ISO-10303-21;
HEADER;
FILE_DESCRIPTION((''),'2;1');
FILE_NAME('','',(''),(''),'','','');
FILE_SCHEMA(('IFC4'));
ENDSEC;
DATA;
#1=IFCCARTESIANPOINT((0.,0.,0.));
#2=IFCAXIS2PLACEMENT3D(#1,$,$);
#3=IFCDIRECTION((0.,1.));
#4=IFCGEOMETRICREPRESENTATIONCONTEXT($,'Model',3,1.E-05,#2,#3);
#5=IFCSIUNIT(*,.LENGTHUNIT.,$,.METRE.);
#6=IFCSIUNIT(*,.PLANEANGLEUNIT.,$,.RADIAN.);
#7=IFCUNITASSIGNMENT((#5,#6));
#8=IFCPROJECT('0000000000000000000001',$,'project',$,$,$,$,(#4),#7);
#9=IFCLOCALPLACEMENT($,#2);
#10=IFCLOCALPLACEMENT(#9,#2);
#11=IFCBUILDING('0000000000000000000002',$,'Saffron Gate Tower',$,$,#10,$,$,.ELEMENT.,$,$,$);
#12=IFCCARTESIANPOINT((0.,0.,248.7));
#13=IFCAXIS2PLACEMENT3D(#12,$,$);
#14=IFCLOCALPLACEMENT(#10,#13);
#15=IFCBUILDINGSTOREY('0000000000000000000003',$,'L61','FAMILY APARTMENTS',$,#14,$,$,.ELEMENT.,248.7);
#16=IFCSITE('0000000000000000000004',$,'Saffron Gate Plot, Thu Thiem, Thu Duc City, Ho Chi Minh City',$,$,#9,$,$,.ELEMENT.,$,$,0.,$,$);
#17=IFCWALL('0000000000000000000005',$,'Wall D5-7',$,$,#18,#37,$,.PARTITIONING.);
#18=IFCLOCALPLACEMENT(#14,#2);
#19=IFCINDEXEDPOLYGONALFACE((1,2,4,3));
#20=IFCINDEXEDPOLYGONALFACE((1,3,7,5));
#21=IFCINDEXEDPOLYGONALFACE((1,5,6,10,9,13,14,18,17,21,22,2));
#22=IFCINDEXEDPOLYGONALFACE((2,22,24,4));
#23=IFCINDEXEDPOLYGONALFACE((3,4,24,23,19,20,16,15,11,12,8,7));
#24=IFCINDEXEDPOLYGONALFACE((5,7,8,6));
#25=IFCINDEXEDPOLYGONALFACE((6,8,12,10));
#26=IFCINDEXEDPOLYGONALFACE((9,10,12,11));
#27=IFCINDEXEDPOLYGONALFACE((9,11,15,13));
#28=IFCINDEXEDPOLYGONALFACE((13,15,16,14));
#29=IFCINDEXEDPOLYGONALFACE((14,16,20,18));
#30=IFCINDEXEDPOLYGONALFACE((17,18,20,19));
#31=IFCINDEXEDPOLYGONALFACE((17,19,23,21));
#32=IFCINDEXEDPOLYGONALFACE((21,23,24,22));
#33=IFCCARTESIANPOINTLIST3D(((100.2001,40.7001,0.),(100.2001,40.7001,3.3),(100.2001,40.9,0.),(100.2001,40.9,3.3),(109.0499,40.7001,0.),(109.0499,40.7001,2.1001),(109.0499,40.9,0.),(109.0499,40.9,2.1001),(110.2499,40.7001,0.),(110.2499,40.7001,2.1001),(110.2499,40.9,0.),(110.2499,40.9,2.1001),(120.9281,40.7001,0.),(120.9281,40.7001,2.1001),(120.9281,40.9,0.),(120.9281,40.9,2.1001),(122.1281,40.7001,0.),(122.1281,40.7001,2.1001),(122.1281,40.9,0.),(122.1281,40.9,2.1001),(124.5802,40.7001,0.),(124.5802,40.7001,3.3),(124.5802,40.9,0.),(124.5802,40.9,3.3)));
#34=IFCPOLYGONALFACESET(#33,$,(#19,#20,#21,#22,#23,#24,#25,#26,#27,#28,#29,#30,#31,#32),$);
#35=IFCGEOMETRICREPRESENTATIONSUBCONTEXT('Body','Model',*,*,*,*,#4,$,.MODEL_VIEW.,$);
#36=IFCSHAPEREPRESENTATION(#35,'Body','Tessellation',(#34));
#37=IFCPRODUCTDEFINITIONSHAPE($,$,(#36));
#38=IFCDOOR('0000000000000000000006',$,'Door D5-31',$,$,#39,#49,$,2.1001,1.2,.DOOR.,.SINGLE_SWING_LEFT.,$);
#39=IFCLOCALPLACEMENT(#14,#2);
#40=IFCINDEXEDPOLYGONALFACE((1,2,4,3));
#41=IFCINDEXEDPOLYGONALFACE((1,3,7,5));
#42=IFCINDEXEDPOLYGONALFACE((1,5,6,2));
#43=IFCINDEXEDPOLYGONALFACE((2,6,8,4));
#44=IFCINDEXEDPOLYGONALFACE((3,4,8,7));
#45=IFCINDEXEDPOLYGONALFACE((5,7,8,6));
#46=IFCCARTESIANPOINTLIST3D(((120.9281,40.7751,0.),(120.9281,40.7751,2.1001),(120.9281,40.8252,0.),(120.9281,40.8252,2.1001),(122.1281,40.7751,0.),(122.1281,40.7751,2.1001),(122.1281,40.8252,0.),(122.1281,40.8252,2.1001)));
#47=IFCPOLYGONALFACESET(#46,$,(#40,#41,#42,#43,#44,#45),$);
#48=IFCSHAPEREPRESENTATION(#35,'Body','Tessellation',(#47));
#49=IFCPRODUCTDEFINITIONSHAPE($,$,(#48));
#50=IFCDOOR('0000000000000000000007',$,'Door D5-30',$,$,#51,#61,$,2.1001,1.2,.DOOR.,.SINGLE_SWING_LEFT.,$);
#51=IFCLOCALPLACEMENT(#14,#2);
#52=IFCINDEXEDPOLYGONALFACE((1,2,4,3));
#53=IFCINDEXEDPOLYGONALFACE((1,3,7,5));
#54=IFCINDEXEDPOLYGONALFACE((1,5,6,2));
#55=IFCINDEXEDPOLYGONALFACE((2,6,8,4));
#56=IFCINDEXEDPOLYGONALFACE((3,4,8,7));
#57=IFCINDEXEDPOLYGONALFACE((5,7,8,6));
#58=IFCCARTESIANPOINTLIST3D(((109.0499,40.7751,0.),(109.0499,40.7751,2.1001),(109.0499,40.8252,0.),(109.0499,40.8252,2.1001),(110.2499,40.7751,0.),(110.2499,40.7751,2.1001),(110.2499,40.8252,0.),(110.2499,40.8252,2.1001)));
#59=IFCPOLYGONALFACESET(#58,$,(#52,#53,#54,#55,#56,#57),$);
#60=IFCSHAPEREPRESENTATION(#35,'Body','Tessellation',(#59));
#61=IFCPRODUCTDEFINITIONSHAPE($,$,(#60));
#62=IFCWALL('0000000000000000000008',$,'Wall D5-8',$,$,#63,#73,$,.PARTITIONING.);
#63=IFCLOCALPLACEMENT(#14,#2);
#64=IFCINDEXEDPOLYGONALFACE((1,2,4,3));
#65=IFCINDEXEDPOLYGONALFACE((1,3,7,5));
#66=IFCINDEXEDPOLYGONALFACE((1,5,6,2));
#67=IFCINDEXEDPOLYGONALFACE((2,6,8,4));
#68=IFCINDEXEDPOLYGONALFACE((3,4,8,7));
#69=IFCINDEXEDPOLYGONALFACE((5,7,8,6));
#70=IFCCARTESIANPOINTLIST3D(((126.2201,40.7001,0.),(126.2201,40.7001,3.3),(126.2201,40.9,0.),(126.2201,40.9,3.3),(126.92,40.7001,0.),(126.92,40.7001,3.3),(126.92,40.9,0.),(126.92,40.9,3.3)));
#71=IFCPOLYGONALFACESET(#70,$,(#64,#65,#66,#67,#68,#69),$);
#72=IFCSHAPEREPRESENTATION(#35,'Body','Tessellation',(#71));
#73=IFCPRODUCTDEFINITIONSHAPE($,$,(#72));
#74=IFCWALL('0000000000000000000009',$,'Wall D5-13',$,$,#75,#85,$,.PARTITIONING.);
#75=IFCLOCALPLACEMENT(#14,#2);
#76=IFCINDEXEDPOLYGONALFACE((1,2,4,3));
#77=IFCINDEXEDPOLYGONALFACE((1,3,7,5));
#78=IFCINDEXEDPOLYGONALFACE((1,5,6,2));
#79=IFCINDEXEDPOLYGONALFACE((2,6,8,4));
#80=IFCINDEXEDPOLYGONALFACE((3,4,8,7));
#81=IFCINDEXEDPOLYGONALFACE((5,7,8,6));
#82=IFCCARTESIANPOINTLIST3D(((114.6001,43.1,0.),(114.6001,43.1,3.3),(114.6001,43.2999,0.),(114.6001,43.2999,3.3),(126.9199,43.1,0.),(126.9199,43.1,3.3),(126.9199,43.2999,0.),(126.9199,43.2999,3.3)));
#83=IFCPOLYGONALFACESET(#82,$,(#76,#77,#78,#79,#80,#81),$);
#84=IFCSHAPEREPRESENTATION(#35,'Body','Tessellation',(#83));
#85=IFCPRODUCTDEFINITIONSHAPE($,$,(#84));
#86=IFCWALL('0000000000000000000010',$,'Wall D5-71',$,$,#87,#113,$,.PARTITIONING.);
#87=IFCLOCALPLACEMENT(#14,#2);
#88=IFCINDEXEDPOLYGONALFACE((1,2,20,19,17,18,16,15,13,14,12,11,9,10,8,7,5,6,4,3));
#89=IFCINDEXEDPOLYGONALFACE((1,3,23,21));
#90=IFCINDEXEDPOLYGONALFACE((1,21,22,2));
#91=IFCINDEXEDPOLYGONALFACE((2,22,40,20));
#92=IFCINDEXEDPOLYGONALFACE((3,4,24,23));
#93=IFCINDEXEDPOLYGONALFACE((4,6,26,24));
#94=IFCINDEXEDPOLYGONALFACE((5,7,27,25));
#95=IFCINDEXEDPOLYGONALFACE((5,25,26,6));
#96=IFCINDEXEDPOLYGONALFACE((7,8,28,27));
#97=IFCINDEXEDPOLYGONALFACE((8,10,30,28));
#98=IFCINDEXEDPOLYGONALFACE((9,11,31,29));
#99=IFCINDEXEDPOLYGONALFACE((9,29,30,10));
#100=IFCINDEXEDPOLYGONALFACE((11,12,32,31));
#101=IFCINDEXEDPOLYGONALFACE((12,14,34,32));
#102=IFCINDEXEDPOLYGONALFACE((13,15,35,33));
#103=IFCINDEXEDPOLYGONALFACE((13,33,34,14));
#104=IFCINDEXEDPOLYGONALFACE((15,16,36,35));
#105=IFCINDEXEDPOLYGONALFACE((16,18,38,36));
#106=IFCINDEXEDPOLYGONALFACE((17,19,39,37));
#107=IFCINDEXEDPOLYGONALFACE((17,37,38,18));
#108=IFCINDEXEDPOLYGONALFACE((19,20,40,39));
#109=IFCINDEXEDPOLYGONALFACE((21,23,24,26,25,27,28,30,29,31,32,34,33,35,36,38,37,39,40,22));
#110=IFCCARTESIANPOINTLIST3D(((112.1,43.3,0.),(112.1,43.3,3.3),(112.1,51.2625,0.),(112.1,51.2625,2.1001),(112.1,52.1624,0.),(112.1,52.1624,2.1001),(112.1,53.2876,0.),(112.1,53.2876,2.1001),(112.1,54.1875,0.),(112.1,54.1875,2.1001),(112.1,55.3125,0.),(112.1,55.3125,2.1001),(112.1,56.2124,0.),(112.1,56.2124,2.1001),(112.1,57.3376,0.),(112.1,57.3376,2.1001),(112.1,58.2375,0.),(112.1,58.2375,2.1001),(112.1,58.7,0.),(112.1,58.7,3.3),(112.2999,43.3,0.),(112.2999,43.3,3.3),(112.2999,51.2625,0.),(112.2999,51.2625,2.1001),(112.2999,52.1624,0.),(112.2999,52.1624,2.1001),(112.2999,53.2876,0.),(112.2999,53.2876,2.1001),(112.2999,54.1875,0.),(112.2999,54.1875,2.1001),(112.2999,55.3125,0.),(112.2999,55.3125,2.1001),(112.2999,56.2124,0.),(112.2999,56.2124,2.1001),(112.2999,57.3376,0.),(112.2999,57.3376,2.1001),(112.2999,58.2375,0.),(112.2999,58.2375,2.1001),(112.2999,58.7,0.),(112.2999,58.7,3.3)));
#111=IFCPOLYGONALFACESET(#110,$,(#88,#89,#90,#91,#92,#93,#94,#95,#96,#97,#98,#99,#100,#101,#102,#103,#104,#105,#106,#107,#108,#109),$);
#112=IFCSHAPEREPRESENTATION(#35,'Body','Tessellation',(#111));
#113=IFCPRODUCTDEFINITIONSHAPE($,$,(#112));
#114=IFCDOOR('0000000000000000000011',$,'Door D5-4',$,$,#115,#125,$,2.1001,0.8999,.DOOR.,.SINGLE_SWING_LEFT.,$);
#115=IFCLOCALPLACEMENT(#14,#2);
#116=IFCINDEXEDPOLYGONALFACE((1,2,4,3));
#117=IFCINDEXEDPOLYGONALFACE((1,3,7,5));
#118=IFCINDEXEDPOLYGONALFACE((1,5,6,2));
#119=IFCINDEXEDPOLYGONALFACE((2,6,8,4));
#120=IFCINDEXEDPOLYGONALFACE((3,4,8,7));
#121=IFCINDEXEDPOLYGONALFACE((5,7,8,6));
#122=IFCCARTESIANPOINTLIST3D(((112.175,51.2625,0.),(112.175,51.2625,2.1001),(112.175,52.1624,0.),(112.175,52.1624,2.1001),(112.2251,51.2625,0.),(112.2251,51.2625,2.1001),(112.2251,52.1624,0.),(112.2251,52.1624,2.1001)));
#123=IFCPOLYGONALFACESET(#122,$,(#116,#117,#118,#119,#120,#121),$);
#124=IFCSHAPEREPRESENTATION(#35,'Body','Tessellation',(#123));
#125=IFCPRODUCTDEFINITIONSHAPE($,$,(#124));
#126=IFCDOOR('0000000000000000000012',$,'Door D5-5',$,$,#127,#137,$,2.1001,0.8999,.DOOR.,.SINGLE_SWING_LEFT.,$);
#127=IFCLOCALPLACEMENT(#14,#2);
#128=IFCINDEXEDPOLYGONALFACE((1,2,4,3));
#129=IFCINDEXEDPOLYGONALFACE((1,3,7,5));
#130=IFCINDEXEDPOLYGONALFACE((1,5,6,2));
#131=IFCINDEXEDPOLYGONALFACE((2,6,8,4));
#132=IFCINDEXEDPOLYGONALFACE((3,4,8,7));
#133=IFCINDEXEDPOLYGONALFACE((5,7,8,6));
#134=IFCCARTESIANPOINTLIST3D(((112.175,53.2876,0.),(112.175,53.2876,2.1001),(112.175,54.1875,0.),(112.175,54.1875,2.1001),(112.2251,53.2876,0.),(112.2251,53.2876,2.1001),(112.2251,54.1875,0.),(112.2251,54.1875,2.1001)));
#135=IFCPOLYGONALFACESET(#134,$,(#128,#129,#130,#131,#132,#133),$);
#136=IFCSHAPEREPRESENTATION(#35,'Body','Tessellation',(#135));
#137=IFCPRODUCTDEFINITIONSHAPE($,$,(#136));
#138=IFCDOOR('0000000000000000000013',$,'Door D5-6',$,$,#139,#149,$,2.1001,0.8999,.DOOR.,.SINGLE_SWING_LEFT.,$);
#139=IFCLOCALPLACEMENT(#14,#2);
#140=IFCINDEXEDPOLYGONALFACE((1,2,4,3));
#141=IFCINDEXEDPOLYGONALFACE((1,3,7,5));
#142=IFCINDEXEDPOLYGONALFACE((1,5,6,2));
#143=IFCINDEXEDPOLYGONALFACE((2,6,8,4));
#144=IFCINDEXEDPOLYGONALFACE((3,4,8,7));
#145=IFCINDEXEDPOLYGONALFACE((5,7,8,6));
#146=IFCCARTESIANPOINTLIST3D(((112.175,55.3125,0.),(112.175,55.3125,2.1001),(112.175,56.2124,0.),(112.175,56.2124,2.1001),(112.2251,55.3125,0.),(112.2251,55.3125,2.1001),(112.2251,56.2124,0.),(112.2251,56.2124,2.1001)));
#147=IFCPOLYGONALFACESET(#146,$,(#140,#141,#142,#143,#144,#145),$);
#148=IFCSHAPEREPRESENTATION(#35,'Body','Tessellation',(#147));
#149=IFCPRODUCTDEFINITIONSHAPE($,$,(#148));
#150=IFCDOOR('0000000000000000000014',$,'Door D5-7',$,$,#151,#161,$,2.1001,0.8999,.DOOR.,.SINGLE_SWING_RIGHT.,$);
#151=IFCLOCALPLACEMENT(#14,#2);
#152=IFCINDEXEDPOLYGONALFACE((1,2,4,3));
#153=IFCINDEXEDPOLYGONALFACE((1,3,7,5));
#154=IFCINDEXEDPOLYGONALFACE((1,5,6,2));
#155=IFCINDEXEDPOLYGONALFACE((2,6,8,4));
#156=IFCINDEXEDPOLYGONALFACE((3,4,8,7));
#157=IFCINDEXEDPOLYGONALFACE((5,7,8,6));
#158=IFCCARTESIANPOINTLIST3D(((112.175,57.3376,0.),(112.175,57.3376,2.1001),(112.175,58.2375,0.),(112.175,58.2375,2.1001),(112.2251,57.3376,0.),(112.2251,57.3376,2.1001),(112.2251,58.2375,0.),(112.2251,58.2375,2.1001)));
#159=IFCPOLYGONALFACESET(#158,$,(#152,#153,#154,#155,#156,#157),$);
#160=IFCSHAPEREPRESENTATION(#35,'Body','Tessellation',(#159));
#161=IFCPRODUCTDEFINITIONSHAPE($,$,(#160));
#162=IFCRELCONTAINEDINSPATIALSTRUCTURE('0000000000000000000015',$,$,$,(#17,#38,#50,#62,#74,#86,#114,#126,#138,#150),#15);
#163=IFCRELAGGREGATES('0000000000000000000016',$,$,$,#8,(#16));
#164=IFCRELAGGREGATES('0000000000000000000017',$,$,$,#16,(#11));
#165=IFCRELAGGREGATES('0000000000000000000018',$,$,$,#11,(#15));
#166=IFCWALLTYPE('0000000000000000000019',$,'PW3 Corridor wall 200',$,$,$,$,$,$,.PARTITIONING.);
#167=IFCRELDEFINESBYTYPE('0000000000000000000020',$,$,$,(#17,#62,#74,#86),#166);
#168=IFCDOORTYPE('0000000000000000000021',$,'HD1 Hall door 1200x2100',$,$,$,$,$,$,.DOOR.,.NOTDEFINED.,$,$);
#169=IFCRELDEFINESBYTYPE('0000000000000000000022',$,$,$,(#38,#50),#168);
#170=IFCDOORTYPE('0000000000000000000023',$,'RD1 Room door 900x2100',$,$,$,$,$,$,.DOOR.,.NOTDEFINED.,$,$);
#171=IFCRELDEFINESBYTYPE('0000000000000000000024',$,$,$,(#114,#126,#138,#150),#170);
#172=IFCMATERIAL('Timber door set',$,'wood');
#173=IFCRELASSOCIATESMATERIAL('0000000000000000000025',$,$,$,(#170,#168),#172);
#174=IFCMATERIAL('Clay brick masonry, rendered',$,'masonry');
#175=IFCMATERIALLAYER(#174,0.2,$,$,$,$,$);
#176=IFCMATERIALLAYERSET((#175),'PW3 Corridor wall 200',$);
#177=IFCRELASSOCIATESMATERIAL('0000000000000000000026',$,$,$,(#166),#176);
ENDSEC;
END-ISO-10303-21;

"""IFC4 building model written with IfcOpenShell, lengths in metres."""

from ifc_helpers import new_model, si_unit, direction, frame, frame_2d, origin, place, context, subcontext, project, spatial, rectangle, extrude, material, layer, layer_set, type_object, element, fill, save


model = new_model("IFC4")

# Units and contexts
model_context = context("Model", 3, precision=1e-05, world=origin(), true_north=direction((0.0, 1.0)))
body_context = subcontext(model_context, "Body", "Model", "MODEL_VIEW")
ifc_project = project(units=[si_unit("LENGTHUNIT", "METRE"), si_unit("PLANEANGLEUNIT", "RADIAN")], contexts=[model_context])

# Site, building, storey
site_placement = place(None, origin())
site = spatial("IfcSite", under=ifc_project, at=site_placement, Name="Saffron Gate Plot, Thu Thiem, Thu Duc City, Ho Chi Minh City", CompositionType="ELEMENT", RefElevation=0.0)
building_placement = place(site_placement, origin())
building = spatial("IfcBuilding", under=site, at=building_placement, Name="Saffron Gate Tower", CompositionType="ELEMENT")
storey_placement = place(building_placement, frame((0.0, 0.0, 248.7)))
storey = spatial("IfcBuildingStorey", under=building, at=storey_placement, Name="L61", Description="FAMILY APARTMENTS", CompositionType="ELEMENT", Elevation=248.7)

# Shared definitions
ifc_material_1 = material(Name="Timber door set", Category="wood")
door_type_1 = type_object("IfcDoorType", Name="RD1 Room door 900x2100", OperationType="NOTDEFINED", PredefinedType="DOOR", material=ifc_material_1)

# Shared definitions
ifc_material_2 = material(Name="Clay brick masonry, rendered", Category="masonry")

# Wall, openings, doors
ifc_layer_1 = layer(ifc_material_2, 0.2)
ifc_layer_set_1 = layer_set([ifc_layer_1], Name="PW3 Corridor wall 200")
wall_type_1 = type_object("IfcWallType", Name="PW3 Corridor wall 200", PredefinedType="PARTITIONING", material=ifc_layer_set_1)
wall_1_placement = place(storey_placement, frame((124.5801, 40.8, 0.0), z_axis=(0.0, 0.0, 1.0), x_axis=(-1.0, 0.0, 0.0)))
wall_1 = element("IfcWall", 1, at=wall_1_placement, inside=storey, type_object=wall_type_1, Name="Wall D5-7", PredefinedType="PARTITIONING", context=body_context, shape_type="SweptSolid", body=[
    extrude(rectangle(XDim=24.3801, YDim=0.2, at=frame_2d((12.1899, 0.0))), origin(), (0.0, 0.0, 1.0), 3.3),
])
opening_1_placement = place(wall_1_placement, frame((2.4519, 0.0, 0.0)))
opening_1 = element("IfcOpeningElement", 2, at=opening_1_placement, cuts=wall_1, PredefinedType="OPENING", context=body_context, shape_type="SweptSolid", body=[
    extrude(rectangle(XDim=1.2, YDim=2.1001, at=frame_2d((0.6001, 1.05))), frame((0.0, 0.1099, 0.0), z_axis=(0.0, -1.0, 0.0), x_axis=(1.0, 0.0, 0.0)), (0.0, 0.0, 1.0), 0.22),
])
opening_2_placement = place(wall_1_placement, frame((14.3301, 0.0, 0.0)))
opening_2 = element("IfcOpeningElement", 3, at=opening_2_placement, cuts=wall_1, PredefinedType="OPENING", context=body_context, shape_type="SweptSolid", body=[
    extrude(rectangle(XDim=1.2, YDim=2.1001, at=frame_2d((0.6001, 1.05))), frame((0.0, 0.1099, 0.0), z_axis=(0.0, -1.0, 0.0), x_axis=(1.0, 0.0, 0.0)), (0.0, 0.0, 1.0), 0.22),
])
door_type_2 = type_object("IfcDoorType", Name="HD1 Hall door 1200x2100", OperationType="NOTDEFINED", PredefinedType="DOOR", material=ifc_material_1)
door_1_placement = place(opening_1_placement, origin())
door_1 = element("IfcDoor", 4, at=door_1_placement, inside=storey, type_object=door_type_2, Name="Door D5-31", OperationType="SINGLE_SWING_LEFT", OverallHeight=2.1001, OverallWidth=1.2, PredefinedType="DOOR", context=body_context, shape_type="SweptSolid", body=[
    extrude(rectangle(XDim=1.2, YDim=2.1001, at=frame_2d((0.6001, 1.05))), frame((0.0, 0.0249, 0.0), z_axis=(0.0, -1.0, 0.0), x_axis=(1.0, 0.0, 0.0)), (0.0, 0.0, 1.0), 0.05),
])
fill(opening_1, door_1)
door_2_placement = place(opening_2_placement, origin())
door_2 = element("IfcDoor", 5, at=door_2_placement, inside=storey, type_object=door_type_2, Name="Door D5-30", OperationType="SINGLE_SWING_LEFT", OverallHeight=2.1001, OverallWidth=1.2, PredefinedType="DOOR", context=body_context, shape_type="SweptSolid", body=[
    extrude(rectangle(XDim=1.2, YDim=2.1001, at=frame_2d((0.6001, 1.05))), frame((0.0, 0.0249, 0.0), z_axis=(0.0, -1.0, 0.0), x_axis=(1.0, 0.0, 0.0)), (0.0, 0.0, 1.0), 0.05),
])
fill(opening_2, door_2)

# Walls
wall_2_placement = place(storey_placement, frame((126.22, 40.8, 0.0), z_axis=(0.0, 0.0, 1.0), x_axis=(1.0, 0.0, 0.0)))
element("IfcWall", 6, at=wall_2_placement, inside=storey, type_object=wall_type_1, Name="Wall D5-8", PredefinedType="PARTITIONING", context=body_context, shape_type="SweptSolid", body=[
    extrude(rectangle(XDim=0.7, YDim=0.2, at=frame_2d((0.3501, 0.0))), origin(), (0.0, 0.0, 1.0), 3.3),
])
wall_3_placement = place(storey_placement, frame((114.6001, 43.2, 0.0), z_axis=(0.0, 0.0, 1.0), x_axis=(1.0, 0.0, 0.0)))
element("IfcWall", 7, at=wall_3_placement, inside=storey, type_object=wall_type_1, Name="Wall D5-13", PredefinedType="PARTITIONING", context=body_context, shape_type="SweptSolid", body=[
    extrude(rectangle(XDim=12.3198, YDim=0.2, at=frame_2d((6.1599, 0.0))), origin(), (0.0, 0.0, 1.0), 3.3),
])

# Wall, openings, doors
wall_4_placement = place(storey_placement, frame((112.2, 43.3, 0.0), z_axis=(0.0, 0.0, 1.0), x_axis=(0.0, 1.0, 0.0)))
wall_4 = element("IfcWall", 8, at=wall_4_placement, inside=storey, type_object=wall_type_1, Name="Wall D5-71", PredefinedType="PARTITIONING", context=body_context, shape_type="SweptSolid", body=[
    extrude(rectangle(XDim=15.3999, YDim=0.2, at=frame_2d((7.7, 0.0))), origin(), (0.0, 0.0, 1.0), 3.3),
])
opening_3_placement = place(wall_4_placement, frame((7.9624, 0.0, 0.0)))
opening_3 = element("IfcOpeningElement", 9, at=opening_3_placement, cuts=wall_4, PredefinedType="OPENING", context=body_context, shape_type="SweptSolid", body=[
    extrude(rectangle(XDim=0.8999, YDim=2.1001, at=frame_2d((0.45, 1.05))), frame((0.0, 0.1099, 0.0), z_axis=(0.0, -1.0, 0.0), x_axis=(1.0, 0.0, 0.0)), (0.0, 0.0, 1.0), 0.22),
])
opening_4_placement = place(wall_4_placement, frame((9.9875, 0.0, 0.0)))
opening_4 = element("IfcOpeningElement", 10, at=opening_4_placement, cuts=wall_4, PredefinedType="OPENING", context=body_context, shape_type="SweptSolid", body=[
    extrude(rectangle(XDim=0.8999, YDim=2.1001, at=frame_2d((0.45, 1.05))), frame((0.0, 0.1099, 0.0), z_axis=(0.0, -1.0, 0.0), x_axis=(1.0, 0.0, 0.0)), (0.0, 0.0, 1.0), 0.22),
])
opening_5_placement = place(wall_4_placement, frame((12.0125, 0.0, 0.0)))
opening_5 = element("IfcOpeningElement", 11, at=opening_5_placement, cuts=wall_4, PredefinedType="OPENING", context=body_context, shape_type="SweptSolid", body=[
    extrude(rectangle(XDim=0.8999, YDim=2.1001, at=frame_2d((0.45, 1.05))), frame((0.0, 0.1099, 0.0), z_axis=(0.0, -1.0, 0.0), x_axis=(1.0, 0.0, 0.0)), (0.0, 0.0, 1.0), 0.22),
])
opening_6_placement = place(wall_4_placement, frame((14.0376, 0.0, 0.0)))
opening_6 = element("IfcOpeningElement", 12, at=opening_6_placement, cuts=wall_4, PredefinedType="OPENING", context=body_context, shape_type="SweptSolid", body=[
    extrude(rectangle(XDim=0.8999, YDim=2.1001, at=frame_2d((0.45, 1.05))), frame((0.0, 0.1099, 0.0), z_axis=(0.0, -1.0, 0.0), x_axis=(1.0, 0.0, 0.0)), (0.0, 0.0, 1.0), 0.22),
])
door_3_placement = place(opening_3_placement, origin())
door_3 = element("IfcDoor", 13, at=door_3_placement, inside=storey, type_object=door_type_1, Name="Door D5-4", OperationType="SINGLE_SWING_LEFT", OverallHeight=2.1001, OverallWidth=0.8999, PredefinedType="DOOR", context=body_context, shape_type="SweptSolid", body=[
    extrude(rectangle(XDim=0.8999, YDim=2.1001, at=frame_2d((0.45, 1.05))), frame((0.0, 0.0249, 0.0), z_axis=(0.0, -1.0, 0.0), x_axis=(1.0, 0.0, 0.0)), (0.0, 0.0, 1.0), 0.05),
])
fill(opening_3, door_3)
door_4_placement = place(opening_4_placement, origin())
door_4 = element("IfcDoor", 14, at=door_4_placement, inside=storey, type_object=door_type_1, Name="Door D5-5", OperationType="SINGLE_SWING_LEFT", OverallHeight=2.1001, OverallWidth=0.8999, PredefinedType="DOOR", context=body_context, shape_type="SweptSolid", body=[
    extrude(rectangle(XDim=0.8999, YDim=2.1001, at=frame_2d((0.45, 1.05))), frame((0.0, 0.0249, 0.0), z_axis=(0.0, -1.0, 0.0), x_axis=(1.0, 0.0, 0.0)), (0.0, 0.0, 1.0), 0.05),
])
fill(opening_4, door_4)
door_5_placement = place(opening_5_placement, origin())
door_5 = element("IfcDoor", 15, at=door_5_placement, inside=storey, type_object=door_type_1, Name="Door D5-6", OperationType="SINGLE_SWING_LEFT", OverallHeight=2.1001, OverallWidth=0.8999, PredefinedType="DOOR", context=body_context, shape_type="SweptSolid", body=[
    extrude(rectangle(XDim=0.8999, YDim=2.1001, at=frame_2d((0.45, 1.05))), frame((0.0, 0.0249, 0.0), z_axis=(0.0, -1.0, 0.0), x_axis=(1.0, 0.0, 0.0)), (0.0, 0.0, 1.0), 0.05),
])
fill(opening_5, door_5)
door_6_placement = place(opening_6_placement, origin())
door_6 = element("IfcDoor", 16, at=door_6_placement, inside=storey, type_object=door_type_1, Name="Door D5-7", OperationType="SINGLE_SWING_RIGHT", OverallHeight=2.1001, OverallWidth=0.8999, PredefinedType="DOOR", context=body_context, shape_type="SweptSolid", body=[
    extrude(rectangle(XDim=0.8999, YDim=2.1001, at=frame_2d((0.45, 1.05))), frame((0.0, 0.0249, 0.0), z_axis=(0.0, -1.0, 0.0), x_axis=(1.0, 0.0, 0.0)), (0.0, 0.0, 1.0), 0.05),
])
fill(opening_6, door_6)

save(model, "model.ifc")
